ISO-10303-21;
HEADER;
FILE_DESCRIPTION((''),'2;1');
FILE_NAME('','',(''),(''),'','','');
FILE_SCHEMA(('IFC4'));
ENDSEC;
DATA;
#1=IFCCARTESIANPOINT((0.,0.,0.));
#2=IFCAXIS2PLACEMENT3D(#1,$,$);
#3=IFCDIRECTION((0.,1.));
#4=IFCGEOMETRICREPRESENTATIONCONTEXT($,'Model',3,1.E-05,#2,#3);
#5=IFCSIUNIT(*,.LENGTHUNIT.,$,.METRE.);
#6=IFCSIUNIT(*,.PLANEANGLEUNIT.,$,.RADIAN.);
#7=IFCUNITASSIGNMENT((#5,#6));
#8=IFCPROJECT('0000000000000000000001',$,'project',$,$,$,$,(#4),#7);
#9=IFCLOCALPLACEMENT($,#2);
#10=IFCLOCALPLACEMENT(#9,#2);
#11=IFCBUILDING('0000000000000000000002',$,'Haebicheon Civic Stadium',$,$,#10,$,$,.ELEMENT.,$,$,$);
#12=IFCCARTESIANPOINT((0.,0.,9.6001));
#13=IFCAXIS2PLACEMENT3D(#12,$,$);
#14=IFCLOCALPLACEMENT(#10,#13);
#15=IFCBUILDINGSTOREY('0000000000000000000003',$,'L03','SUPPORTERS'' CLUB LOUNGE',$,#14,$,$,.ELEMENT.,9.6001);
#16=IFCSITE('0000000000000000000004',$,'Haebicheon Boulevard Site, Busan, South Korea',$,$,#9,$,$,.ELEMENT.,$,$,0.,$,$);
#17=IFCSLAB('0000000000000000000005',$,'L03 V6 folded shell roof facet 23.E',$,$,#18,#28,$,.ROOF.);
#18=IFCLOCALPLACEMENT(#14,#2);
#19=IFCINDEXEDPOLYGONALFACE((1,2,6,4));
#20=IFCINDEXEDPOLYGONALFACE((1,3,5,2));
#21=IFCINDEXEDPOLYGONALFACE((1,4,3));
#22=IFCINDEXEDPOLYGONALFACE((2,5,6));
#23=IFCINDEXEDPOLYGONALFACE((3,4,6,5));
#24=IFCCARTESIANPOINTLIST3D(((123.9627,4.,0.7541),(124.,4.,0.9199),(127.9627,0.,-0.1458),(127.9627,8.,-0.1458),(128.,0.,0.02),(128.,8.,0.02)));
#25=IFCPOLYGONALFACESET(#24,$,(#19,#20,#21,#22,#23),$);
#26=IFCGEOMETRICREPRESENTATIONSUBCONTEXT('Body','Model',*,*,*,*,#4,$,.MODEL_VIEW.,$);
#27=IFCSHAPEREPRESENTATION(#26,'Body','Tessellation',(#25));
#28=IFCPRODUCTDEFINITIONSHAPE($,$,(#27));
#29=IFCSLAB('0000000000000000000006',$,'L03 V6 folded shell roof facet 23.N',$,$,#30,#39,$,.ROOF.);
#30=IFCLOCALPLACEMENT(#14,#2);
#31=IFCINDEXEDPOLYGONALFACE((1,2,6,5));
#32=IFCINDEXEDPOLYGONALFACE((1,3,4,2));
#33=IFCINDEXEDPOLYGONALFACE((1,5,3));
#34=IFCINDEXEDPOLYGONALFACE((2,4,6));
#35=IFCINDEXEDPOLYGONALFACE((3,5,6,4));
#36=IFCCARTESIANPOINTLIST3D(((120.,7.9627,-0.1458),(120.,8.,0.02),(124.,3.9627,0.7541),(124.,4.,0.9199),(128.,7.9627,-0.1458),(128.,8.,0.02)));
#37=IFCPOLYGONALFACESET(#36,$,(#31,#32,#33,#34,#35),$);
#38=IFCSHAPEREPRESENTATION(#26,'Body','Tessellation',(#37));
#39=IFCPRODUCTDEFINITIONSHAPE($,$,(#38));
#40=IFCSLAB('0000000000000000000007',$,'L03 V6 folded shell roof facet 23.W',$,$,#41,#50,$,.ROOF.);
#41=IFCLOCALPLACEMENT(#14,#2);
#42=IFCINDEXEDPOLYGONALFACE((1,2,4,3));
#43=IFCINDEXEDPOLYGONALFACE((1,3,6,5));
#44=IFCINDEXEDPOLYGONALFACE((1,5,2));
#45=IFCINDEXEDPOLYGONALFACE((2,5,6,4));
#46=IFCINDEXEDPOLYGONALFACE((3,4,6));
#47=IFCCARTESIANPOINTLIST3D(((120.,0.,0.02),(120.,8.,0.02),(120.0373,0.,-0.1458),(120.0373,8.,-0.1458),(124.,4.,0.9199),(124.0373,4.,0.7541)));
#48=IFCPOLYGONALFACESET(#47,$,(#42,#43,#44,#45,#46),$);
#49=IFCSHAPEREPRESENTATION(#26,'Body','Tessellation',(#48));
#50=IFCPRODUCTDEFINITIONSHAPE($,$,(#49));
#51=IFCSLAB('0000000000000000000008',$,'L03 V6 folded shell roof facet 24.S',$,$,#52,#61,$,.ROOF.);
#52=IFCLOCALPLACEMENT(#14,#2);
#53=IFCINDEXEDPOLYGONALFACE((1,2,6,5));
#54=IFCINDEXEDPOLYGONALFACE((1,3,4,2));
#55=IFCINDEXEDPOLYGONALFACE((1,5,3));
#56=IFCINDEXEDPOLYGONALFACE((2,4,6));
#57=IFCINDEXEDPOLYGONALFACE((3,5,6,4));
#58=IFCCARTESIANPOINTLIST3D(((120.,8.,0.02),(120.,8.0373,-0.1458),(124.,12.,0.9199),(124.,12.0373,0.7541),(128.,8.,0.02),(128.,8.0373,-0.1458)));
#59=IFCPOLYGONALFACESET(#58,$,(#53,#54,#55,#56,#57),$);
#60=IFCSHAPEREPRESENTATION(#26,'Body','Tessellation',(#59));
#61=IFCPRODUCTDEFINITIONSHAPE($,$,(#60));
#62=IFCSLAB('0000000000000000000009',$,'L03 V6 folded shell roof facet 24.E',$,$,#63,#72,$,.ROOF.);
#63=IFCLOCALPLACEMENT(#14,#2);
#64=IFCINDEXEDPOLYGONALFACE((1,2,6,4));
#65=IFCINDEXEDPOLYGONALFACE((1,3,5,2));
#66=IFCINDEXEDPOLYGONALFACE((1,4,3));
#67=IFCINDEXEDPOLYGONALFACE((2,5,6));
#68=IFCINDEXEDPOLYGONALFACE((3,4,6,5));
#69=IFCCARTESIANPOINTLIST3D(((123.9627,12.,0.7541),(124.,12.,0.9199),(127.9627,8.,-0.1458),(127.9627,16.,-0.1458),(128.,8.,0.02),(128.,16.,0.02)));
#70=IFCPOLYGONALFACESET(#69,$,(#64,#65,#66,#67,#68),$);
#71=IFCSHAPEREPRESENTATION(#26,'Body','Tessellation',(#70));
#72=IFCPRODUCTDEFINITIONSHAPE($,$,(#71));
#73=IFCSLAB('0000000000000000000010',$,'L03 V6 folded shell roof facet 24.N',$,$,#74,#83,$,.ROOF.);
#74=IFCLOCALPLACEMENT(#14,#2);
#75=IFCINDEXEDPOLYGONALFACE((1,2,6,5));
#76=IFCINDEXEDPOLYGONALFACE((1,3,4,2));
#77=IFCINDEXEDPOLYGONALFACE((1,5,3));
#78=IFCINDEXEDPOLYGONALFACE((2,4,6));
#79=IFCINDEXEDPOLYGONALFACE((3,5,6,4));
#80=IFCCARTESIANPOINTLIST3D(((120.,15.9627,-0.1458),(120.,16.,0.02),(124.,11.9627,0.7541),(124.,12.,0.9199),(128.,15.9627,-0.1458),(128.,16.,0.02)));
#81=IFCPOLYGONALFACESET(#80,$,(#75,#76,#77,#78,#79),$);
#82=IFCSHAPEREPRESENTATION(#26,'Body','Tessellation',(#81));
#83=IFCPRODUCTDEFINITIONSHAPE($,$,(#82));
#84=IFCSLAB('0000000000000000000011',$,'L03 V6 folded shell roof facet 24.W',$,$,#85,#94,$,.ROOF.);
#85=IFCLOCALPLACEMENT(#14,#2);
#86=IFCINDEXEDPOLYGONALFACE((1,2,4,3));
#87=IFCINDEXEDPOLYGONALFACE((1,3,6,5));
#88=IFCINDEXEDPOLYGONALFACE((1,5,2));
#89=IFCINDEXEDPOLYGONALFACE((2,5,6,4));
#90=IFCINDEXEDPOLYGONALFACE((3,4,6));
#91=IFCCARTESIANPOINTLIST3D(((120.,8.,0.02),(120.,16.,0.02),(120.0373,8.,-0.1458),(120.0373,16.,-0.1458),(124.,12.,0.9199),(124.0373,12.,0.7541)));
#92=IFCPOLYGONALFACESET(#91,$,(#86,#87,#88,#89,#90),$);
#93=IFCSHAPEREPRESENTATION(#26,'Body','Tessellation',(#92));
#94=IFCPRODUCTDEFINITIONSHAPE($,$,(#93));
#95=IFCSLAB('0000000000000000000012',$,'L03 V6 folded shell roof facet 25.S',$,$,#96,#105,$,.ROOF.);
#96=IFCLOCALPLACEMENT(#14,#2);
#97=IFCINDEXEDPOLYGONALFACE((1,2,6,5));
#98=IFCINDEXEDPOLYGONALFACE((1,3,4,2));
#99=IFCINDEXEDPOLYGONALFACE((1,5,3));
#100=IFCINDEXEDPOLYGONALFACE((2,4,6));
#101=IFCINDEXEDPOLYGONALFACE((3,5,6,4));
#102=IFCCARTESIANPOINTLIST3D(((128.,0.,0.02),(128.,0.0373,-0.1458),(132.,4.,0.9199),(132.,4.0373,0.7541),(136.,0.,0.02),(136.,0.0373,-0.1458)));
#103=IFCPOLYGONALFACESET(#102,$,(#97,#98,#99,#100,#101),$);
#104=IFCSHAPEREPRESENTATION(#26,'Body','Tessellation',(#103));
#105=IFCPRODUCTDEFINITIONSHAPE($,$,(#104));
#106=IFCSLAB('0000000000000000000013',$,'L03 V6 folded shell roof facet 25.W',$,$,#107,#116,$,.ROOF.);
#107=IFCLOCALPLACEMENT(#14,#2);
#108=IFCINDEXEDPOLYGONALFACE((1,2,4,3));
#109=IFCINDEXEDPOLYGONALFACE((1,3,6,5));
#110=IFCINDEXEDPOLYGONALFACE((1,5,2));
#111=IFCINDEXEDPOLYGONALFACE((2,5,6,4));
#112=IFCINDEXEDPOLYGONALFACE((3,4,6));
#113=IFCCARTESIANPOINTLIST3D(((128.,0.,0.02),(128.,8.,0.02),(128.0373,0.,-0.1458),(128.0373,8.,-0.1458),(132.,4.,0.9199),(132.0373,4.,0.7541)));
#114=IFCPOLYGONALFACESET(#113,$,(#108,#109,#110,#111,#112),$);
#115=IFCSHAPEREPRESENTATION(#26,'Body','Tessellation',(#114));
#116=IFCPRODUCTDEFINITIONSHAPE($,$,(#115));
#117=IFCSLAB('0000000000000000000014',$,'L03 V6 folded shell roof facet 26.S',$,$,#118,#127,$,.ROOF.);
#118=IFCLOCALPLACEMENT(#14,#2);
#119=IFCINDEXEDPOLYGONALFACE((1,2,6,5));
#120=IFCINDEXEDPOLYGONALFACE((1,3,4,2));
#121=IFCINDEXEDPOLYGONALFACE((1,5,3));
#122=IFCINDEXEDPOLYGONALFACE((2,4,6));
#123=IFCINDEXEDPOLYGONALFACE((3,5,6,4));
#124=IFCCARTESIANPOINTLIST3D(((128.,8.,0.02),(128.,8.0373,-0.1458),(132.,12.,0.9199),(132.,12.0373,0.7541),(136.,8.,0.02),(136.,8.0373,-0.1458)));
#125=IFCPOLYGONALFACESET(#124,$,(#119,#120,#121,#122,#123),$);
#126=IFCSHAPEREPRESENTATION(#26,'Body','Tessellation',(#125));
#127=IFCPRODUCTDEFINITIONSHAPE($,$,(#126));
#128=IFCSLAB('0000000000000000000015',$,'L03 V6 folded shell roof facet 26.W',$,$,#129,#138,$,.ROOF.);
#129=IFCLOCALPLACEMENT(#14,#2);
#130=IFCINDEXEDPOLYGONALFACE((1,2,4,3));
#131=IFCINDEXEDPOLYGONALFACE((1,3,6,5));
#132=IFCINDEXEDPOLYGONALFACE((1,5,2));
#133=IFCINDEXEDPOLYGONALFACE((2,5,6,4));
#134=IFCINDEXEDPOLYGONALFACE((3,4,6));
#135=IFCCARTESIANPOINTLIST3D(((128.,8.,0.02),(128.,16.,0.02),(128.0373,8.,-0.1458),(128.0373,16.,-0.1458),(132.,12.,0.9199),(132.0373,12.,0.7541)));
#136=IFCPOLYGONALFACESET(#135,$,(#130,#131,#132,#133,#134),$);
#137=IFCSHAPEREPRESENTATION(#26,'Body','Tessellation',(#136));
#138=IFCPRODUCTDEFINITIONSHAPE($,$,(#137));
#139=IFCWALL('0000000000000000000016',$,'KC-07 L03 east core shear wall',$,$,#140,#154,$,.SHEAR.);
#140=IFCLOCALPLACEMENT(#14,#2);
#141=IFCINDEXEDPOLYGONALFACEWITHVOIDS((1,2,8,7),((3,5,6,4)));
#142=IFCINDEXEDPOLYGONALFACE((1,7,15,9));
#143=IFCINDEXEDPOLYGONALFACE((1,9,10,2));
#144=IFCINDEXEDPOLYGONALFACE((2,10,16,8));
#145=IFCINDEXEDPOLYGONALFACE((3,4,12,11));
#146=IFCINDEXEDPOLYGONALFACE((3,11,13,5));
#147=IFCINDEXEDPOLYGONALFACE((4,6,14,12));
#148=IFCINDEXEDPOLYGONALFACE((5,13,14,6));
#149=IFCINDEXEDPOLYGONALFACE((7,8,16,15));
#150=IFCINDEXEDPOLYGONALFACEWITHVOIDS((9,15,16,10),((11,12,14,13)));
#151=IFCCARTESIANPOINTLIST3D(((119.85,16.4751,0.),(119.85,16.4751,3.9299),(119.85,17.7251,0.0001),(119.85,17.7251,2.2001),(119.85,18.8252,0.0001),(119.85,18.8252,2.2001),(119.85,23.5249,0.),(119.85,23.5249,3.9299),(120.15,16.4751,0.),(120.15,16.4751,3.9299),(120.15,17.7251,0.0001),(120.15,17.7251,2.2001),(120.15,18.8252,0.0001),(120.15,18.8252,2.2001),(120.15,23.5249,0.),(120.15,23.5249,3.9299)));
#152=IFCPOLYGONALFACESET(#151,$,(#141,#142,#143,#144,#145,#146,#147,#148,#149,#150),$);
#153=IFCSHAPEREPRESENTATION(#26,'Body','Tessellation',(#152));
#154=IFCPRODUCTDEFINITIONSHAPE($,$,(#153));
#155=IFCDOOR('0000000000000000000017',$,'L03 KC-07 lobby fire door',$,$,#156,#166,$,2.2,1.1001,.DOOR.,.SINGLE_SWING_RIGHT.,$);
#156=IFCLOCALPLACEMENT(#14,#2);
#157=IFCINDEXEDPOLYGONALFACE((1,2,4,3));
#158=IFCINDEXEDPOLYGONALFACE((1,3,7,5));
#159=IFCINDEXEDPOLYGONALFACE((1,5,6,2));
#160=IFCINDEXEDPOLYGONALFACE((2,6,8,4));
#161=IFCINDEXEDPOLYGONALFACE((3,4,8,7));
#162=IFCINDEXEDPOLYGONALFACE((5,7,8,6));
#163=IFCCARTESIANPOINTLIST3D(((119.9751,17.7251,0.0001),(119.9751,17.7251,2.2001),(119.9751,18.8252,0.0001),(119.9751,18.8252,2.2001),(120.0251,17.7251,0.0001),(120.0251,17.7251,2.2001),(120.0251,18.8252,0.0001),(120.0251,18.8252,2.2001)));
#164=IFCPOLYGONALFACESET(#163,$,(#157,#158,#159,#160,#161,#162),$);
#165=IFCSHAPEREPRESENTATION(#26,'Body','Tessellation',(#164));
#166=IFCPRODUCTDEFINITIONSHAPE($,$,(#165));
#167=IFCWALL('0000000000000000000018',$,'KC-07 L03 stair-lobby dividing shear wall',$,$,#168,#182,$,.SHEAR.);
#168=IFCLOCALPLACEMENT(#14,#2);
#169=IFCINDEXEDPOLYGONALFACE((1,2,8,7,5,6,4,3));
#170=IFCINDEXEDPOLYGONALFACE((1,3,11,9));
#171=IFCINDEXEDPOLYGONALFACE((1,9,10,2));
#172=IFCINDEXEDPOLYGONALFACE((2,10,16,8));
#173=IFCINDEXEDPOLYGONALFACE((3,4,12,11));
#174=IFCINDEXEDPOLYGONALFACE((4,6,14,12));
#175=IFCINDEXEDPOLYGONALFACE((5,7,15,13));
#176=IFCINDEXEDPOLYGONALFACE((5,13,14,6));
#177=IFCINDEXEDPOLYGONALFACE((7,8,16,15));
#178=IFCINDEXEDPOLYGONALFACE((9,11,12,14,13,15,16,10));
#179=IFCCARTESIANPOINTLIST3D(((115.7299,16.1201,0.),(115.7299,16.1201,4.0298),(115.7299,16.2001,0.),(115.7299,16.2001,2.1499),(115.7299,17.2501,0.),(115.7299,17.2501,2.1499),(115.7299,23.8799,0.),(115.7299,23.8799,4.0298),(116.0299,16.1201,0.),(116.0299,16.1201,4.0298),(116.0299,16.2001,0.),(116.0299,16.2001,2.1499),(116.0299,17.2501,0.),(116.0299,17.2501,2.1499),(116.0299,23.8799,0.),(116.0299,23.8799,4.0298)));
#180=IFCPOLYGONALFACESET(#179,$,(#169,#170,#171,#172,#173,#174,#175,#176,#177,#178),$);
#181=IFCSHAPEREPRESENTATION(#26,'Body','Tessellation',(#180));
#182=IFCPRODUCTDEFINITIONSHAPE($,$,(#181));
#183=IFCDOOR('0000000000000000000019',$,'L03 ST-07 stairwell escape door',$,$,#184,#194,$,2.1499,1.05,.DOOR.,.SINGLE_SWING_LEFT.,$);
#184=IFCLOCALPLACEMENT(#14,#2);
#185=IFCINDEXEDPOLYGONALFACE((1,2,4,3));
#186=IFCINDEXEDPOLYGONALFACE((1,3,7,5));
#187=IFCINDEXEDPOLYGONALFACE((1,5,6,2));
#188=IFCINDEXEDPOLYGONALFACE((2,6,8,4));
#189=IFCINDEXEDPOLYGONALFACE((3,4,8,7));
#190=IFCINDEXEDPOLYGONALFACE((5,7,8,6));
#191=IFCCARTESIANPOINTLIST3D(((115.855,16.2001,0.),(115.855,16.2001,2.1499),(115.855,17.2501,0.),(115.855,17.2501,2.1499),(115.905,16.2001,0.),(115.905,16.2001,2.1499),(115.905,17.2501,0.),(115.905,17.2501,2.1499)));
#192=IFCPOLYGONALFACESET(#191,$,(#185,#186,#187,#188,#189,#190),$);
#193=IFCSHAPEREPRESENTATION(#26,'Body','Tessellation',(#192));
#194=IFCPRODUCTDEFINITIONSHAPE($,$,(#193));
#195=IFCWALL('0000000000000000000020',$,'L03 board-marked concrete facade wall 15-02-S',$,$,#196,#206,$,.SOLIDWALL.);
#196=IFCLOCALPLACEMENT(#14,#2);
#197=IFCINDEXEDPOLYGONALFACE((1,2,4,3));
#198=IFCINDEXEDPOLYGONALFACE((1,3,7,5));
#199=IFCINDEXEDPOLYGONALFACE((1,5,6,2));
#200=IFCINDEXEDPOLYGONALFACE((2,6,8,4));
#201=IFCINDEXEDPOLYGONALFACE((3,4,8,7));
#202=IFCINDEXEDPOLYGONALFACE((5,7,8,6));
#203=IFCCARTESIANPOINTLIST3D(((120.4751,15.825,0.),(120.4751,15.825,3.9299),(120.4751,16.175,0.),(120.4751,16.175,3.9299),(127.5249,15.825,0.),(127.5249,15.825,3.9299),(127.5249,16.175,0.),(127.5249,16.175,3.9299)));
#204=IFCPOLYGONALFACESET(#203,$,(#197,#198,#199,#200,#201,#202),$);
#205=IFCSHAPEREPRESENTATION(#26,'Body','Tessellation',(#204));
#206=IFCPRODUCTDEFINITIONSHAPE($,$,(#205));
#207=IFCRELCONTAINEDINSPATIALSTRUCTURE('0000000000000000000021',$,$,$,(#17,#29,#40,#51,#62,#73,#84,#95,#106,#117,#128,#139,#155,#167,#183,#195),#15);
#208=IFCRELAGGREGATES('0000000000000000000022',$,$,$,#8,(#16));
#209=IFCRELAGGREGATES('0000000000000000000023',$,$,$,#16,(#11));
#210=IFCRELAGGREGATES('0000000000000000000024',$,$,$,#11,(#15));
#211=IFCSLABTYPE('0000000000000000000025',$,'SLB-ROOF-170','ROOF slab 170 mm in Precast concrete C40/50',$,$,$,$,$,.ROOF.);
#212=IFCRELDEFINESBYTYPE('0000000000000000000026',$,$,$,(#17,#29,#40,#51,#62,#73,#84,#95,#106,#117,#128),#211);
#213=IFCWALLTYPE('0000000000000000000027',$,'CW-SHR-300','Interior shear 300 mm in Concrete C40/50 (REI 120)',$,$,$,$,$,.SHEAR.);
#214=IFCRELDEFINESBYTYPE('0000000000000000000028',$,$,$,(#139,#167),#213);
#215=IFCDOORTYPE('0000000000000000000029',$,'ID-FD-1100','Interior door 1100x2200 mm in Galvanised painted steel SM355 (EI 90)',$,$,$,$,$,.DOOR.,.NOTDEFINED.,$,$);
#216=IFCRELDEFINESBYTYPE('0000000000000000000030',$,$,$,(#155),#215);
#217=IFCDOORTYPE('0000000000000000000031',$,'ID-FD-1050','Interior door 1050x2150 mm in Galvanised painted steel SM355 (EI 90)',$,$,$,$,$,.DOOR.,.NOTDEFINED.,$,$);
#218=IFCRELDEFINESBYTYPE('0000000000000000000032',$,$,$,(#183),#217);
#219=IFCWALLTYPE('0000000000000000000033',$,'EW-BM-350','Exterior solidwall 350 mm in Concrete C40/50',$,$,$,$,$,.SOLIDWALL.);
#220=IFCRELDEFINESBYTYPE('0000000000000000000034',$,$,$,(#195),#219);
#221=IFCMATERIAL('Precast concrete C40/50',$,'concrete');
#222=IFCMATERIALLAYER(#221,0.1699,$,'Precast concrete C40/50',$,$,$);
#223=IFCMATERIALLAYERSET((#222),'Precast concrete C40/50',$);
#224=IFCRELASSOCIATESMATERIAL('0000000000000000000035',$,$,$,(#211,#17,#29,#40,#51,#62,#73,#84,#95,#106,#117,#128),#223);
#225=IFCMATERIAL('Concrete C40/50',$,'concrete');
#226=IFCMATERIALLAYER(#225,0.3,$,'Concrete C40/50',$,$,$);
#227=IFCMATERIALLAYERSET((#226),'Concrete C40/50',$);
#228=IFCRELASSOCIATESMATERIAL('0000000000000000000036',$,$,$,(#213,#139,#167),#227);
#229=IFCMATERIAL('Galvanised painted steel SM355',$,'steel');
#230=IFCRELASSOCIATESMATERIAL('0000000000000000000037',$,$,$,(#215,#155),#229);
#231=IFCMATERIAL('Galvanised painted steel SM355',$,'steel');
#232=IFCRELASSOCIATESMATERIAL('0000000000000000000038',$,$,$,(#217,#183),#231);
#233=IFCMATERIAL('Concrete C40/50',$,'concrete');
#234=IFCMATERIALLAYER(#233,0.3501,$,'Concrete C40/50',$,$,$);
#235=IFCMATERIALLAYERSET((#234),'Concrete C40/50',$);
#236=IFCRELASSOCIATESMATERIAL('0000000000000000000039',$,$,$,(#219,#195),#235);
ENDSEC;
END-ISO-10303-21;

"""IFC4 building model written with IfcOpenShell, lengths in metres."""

from ifc_helpers import new_model, si_unit, direction, frame, frame_2d, origin, place, context, subcontext, project, spatial, polyline, rectangle, outline, extrude, material, layer, layer_set, type_object, element, fill, save


model = new_model("IFC4")

# Units and contexts
model_context = context("Model", 3, precision=1e-05, world=origin(), true_north=direction((0.0, 1.0)))
body_context = subcontext(model_context, "Body", "Model", "MODEL_VIEW")
ifc_project = project(units=[si_unit("LENGTHUNIT", "METRE"), si_unit("PLANEANGLEUNIT", "RADIAN")], contexts=[model_context])

# Site, building, storey
site_placement = place(None, origin())
site = spatial("IfcSite", under=ifc_project, at=site_placement, Name="Haebicheon Boulevard Site, Busan, South Korea", CompositionType="ELEMENT", RefElevation=0.0)
building_placement = place(site_placement, origin())
building = spatial("IfcBuilding", under=site, at=building_placement, Name="Haebicheon Civic Stadium", CompositionType="ELEMENT")
storey_placement = place(building_placement, frame((0.0, 0.0, 9.6001)))
storey = spatial("IfcBuildingStorey", under=building, at=storey_placement, Name="L03", Description="SUPPORTERS' CLUB LOUNGE", CompositionType="ELEMENT", Elevation=9.6001)

# Slabs
ifc_material_1 = material(Name="Precast concrete C40/50", Category="concrete")
ifc_layer_1 = layer(ifc_material_1, 0.1699, Name="Precast concrete C40/50")
ifc_layer_set_1 = layer_set([ifc_layer_1], Name="Precast concrete C40/50")
slab_type = type_object("IfcSlabType", Name="SLB-ROOF-170", Description="ROOF slab 170 mm in Precast concrete C40/50", PredefinedType="ROOF", material=ifc_layer_set_1)
for number, where, z_axis, x_axis, name in (
    (1, (128.0, 0.0, 0.02), (0.21949, 0.0, 0.975615), (0.0, 1.0, 0.0), "L03 V6 folded shell roof facet 23.E"),
    (2, (128.0, 8.0, 0.02), (0.0, 0.21949, 0.975615), (-1.0, 0.0, 0.0), "L03 V6 folded shell roof facet 23.N"),
    (3, (120.0, 8.0, 0.02), (-0.21949, 0.0, 0.975615), (0.0, -1.0, 0.0), "L03 V6 folded shell roof facet 23.W"),
    (4, (120.0, 8.0, 0.02), (0.0, -0.21949, 0.975615), (1.0, 0.0, 0.0), "L03 V6 folded shell roof facet 24.S"),
    (5, (128.0, 8.0, 0.02), (0.21949, 0.0, 0.975615), (0.0, 1.0, 0.0), "L03 V6 folded shell roof facet 24.E"),
    (6, (128.0, 16.0, 0.02), (0.0, 0.21949, 0.975615), (-1.0, 0.0, 0.0), "L03 V6 folded shell roof facet 24.N"),
    (7, (120.0, 16.0, 0.02), (-0.21949, 0.0, 0.975615), (0.0, -1.0, 0.0), "L03 V6 folded shell roof facet 24.W"),
    (8, (128.0, 0.0, 0.02), (0.0, -0.21949, 0.975615), (1.0, 0.0, 0.0), "L03 V6 folded shell roof facet 25.S"),
    (9, (128.0, 8.0, 0.02), (-0.21949, 0.0, 0.975615), (0.0, -1.0, 0.0), "L03 V6 folded shell roof facet 25.W"),
    (10, (128.0, 8.0, 0.02), (0.0, -0.21949, 0.975615), (1.0, 0.0, 0.0), "L03 V6 folded shell roof facet 26.S"),
    (11, (128.0, 16.0, 0.02), (-0.21949, 0.0, 0.975615), (0.0, -1.0, 0.0), "L03 V6 folded shell roof facet 26.W"),
):
    element("IfcSlab", number, at=place(storey_placement, frame(where, z_axis=z_axis, x_axis=x_axis)), inside=storey, type_object=slab_type, material=ifc_layer_set_1, Name=name, PredefinedType="ROOF", context=body_context, shape_type="SweptSolid", body=[
        extrude(outline(polyline([(0.0, 0.0), (8.0, 0.0), (4.0, 4.1), (0.0, 0.0)])), origin(), (0.0, 0.0, -1.0), 0.1699),
    ])

# Walls, openings, doors
ifc_material_2 = material(Name="Concrete C40/50", Category="concrete")
ifc_layer_2 = layer(ifc_material_2, 0.3, Name="Concrete C40/50")
ifc_layer_set_2 = layer_set([ifc_layer_2], Name="Concrete C40/50")
wall_type_1 = type_object("IfcWallType", Name="CW-SHR-300", Description="Interior shear 300 mm in Concrete C40/50 (REI 120)", PredefinedType="SHEAR", material=ifc_layer_set_2)
wall_1_placement = place(storey_placement, frame((120.0, 16.4751, 0.0), z_axis=(0.0, 0.0, 1.0), x_axis=(0.0, 1.0, 0.0)))
wall_1 = element("IfcWall", 12, at=wall_1_placement, inside=storey, type_object=wall_type_1, material=ifc_layer_set_2, Name="KC-07 L03 east core shear wall", PredefinedType="SHEAR", context=body_context, shape_type="SweptSolid", body=[
    extrude(rectangle(XDim=7.0498, YDim=0.3, at=frame_2d((3.5249, 0.0))), origin(), (0.0, 0.0, 1.0), 3.9299),
])
opening_1_placement = place(wall_1_placement, frame((1.25, 0.0, 0.0)))
opening_1 = element("IfcOpeningElement", 13, at=opening_1_placement, cuts=wall_1, PredefinedType="OPENING", context=body_context, shape_type="SweptSolid", body=[
    extrude(rectangle(XDim=1.1001, YDim=2.2, at=frame_2d((0.55, 1.1001))), frame((0.0, 0.1599, 0.0), z_axis=(0.0, -1.0, 0.0), x_axis=(1.0, 0.0, 0.0)), (0.0, 0.0, 1.0), 0.3201),
])
ifc_material_3 = material(Name="Galvanised painted steel SM355", Category="steel")
door_type_1 = type_object("IfcDoorType", Name="ID-FD-1100", Description="Interior door 1100x2200 mm in Galvanised painted steel SM355 (EI 90)", OperationType="NOTDEFINED", PredefinedType="DOOR", material=ifc_material_3)
door_1_placement = place(opening_1_placement, origin())
door_1 = element("IfcDoor", 14, at=door_1_placement, inside=storey, type_object=door_type_1, material=ifc_material_3, Name="L03 KC-07 lobby fire door", OperationType="SINGLE_SWING_RIGHT", OverallHeight=2.2, OverallWidth=1.1001, PredefinedType="DOOR", context=body_context, shape_type="SweptSolid", body=[
    extrude(rectangle(XDim=1.1001, YDim=2.2, at=frame_2d((0.55, 1.1001))), frame((0.0, 0.0249, 0.0), z_axis=(0.0, -1.0, 0.0), x_axis=(1.0, 0.0, 0.0)), (0.0, 0.0, 1.0), 0.05),
])
fill(opening_1, door_1)
wall_2_placement = place(storey_placement, frame((115.8799, 16.1201, 0.0), z_axis=(0.0, 0.0, 1.0), x_axis=(0.0, 1.0, 0.0)))
wall_2 = element("IfcWall", 15, at=wall_2_placement, inside=storey, type_object=wall_type_1, material=ifc_layer_set_2, Name="KC-07 L03 stair-lobby dividing shear wall", PredefinedType="SHEAR", context=body_context, shape_type="SweptSolid", body=[
    extrude(rectangle(XDim=7.7598, YDim=0.3, at=frame_2d((3.8799, 0.0))), origin(), (0.0, 0.0, 1.0), 4.0298),
])
opening_2_placement = place(wall_2_placement, frame((0.0801, 0.0, 0.0)))
opening_2 = element("IfcOpeningElement", 16, at=opening_2_placement, cuts=wall_2, PredefinedType="OPENING", context=body_context, shape_type="SweptSolid", body=[
    extrude(rectangle(XDim=1.05, YDim=2.1499, at=frame_2d((0.5249, 1.075))), frame((0.0, 0.1599, 0.0), z_axis=(0.0, -1.0, 0.0), x_axis=(1.0, 0.0, 0.0)), (0.0, 0.0, 1.0), 0.3201),
])
ifc_material_4 = material(Name="Galvanised painted steel SM355", Category="steel")
door_type_2 = type_object("IfcDoorType", Name="ID-FD-1050", Description="Interior door 1050x2150 mm in Galvanised painted steel SM355 (EI 90)", OperationType="NOTDEFINED", PredefinedType="DOOR", material=ifc_material_4)
door_2_placement = place(opening_2_placement, origin())
door_2 = element("IfcDoor", 17, at=door_2_placement, inside=storey, type_object=door_type_2, material=ifc_material_4, Name="L03 ST-07 stairwell escape door", OperationType="SINGLE_SWING_LEFT", OverallHeight=2.1499, OverallWidth=1.05, PredefinedType="DOOR", context=body_context, shape_type="SweptSolid", body=[
    extrude(rectangle(XDim=1.05, YDim=2.1499, at=frame_2d((0.5249, 1.075))), frame((0.0, 0.0249, 0.0), z_axis=(0.0, -1.0, 0.0), x_axis=(1.0, 0.0, 0.0)), (0.0, 0.0, 1.0), 0.05),
])
fill(opening_2, door_2)

# Wall
ifc_material_5 = material(Name="Concrete C40/50", Category="concrete")
ifc_layer_3 = layer(ifc_material_5, 0.3501, Name="Concrete C40/50")
ifc_layer_set_3 = layer_set([ifc_layer_3], Name="Concrete C40/50")
wall_type_2 = type_object("IfcWallType", Name="EW-BM-350", Description="Exterior solidwall 350 mm in Concrete C40/50", PredefinedType="SOLIDWALL", material=ifc_layer_set_3)
wall_3_placement = place(storey_placement, frame((120.4751, 16.0, 0.0), z_axis=(0.0, 0.0, 1.0), x_axis=(1.0, 0.0, 0.0)))
element("IfcWall", 18, at=wall_3_placement, inside=storey, type_object=wall_type_2, material=ifc_layer_set_3, Name="L03 board-marked concrete facade wall 15-02-S", PredefinedType="SOLIDWALL", context=body_context, shape_type="SweptSolid", body=[
    extrude(rectangle(XDim=7.0498, YDim=0.3501, at=frame_2d((3.5249, 0.0))), origin(), (0.0, 0.0, 1.0), 3.9299),
])

save(model, "model.ifc")
